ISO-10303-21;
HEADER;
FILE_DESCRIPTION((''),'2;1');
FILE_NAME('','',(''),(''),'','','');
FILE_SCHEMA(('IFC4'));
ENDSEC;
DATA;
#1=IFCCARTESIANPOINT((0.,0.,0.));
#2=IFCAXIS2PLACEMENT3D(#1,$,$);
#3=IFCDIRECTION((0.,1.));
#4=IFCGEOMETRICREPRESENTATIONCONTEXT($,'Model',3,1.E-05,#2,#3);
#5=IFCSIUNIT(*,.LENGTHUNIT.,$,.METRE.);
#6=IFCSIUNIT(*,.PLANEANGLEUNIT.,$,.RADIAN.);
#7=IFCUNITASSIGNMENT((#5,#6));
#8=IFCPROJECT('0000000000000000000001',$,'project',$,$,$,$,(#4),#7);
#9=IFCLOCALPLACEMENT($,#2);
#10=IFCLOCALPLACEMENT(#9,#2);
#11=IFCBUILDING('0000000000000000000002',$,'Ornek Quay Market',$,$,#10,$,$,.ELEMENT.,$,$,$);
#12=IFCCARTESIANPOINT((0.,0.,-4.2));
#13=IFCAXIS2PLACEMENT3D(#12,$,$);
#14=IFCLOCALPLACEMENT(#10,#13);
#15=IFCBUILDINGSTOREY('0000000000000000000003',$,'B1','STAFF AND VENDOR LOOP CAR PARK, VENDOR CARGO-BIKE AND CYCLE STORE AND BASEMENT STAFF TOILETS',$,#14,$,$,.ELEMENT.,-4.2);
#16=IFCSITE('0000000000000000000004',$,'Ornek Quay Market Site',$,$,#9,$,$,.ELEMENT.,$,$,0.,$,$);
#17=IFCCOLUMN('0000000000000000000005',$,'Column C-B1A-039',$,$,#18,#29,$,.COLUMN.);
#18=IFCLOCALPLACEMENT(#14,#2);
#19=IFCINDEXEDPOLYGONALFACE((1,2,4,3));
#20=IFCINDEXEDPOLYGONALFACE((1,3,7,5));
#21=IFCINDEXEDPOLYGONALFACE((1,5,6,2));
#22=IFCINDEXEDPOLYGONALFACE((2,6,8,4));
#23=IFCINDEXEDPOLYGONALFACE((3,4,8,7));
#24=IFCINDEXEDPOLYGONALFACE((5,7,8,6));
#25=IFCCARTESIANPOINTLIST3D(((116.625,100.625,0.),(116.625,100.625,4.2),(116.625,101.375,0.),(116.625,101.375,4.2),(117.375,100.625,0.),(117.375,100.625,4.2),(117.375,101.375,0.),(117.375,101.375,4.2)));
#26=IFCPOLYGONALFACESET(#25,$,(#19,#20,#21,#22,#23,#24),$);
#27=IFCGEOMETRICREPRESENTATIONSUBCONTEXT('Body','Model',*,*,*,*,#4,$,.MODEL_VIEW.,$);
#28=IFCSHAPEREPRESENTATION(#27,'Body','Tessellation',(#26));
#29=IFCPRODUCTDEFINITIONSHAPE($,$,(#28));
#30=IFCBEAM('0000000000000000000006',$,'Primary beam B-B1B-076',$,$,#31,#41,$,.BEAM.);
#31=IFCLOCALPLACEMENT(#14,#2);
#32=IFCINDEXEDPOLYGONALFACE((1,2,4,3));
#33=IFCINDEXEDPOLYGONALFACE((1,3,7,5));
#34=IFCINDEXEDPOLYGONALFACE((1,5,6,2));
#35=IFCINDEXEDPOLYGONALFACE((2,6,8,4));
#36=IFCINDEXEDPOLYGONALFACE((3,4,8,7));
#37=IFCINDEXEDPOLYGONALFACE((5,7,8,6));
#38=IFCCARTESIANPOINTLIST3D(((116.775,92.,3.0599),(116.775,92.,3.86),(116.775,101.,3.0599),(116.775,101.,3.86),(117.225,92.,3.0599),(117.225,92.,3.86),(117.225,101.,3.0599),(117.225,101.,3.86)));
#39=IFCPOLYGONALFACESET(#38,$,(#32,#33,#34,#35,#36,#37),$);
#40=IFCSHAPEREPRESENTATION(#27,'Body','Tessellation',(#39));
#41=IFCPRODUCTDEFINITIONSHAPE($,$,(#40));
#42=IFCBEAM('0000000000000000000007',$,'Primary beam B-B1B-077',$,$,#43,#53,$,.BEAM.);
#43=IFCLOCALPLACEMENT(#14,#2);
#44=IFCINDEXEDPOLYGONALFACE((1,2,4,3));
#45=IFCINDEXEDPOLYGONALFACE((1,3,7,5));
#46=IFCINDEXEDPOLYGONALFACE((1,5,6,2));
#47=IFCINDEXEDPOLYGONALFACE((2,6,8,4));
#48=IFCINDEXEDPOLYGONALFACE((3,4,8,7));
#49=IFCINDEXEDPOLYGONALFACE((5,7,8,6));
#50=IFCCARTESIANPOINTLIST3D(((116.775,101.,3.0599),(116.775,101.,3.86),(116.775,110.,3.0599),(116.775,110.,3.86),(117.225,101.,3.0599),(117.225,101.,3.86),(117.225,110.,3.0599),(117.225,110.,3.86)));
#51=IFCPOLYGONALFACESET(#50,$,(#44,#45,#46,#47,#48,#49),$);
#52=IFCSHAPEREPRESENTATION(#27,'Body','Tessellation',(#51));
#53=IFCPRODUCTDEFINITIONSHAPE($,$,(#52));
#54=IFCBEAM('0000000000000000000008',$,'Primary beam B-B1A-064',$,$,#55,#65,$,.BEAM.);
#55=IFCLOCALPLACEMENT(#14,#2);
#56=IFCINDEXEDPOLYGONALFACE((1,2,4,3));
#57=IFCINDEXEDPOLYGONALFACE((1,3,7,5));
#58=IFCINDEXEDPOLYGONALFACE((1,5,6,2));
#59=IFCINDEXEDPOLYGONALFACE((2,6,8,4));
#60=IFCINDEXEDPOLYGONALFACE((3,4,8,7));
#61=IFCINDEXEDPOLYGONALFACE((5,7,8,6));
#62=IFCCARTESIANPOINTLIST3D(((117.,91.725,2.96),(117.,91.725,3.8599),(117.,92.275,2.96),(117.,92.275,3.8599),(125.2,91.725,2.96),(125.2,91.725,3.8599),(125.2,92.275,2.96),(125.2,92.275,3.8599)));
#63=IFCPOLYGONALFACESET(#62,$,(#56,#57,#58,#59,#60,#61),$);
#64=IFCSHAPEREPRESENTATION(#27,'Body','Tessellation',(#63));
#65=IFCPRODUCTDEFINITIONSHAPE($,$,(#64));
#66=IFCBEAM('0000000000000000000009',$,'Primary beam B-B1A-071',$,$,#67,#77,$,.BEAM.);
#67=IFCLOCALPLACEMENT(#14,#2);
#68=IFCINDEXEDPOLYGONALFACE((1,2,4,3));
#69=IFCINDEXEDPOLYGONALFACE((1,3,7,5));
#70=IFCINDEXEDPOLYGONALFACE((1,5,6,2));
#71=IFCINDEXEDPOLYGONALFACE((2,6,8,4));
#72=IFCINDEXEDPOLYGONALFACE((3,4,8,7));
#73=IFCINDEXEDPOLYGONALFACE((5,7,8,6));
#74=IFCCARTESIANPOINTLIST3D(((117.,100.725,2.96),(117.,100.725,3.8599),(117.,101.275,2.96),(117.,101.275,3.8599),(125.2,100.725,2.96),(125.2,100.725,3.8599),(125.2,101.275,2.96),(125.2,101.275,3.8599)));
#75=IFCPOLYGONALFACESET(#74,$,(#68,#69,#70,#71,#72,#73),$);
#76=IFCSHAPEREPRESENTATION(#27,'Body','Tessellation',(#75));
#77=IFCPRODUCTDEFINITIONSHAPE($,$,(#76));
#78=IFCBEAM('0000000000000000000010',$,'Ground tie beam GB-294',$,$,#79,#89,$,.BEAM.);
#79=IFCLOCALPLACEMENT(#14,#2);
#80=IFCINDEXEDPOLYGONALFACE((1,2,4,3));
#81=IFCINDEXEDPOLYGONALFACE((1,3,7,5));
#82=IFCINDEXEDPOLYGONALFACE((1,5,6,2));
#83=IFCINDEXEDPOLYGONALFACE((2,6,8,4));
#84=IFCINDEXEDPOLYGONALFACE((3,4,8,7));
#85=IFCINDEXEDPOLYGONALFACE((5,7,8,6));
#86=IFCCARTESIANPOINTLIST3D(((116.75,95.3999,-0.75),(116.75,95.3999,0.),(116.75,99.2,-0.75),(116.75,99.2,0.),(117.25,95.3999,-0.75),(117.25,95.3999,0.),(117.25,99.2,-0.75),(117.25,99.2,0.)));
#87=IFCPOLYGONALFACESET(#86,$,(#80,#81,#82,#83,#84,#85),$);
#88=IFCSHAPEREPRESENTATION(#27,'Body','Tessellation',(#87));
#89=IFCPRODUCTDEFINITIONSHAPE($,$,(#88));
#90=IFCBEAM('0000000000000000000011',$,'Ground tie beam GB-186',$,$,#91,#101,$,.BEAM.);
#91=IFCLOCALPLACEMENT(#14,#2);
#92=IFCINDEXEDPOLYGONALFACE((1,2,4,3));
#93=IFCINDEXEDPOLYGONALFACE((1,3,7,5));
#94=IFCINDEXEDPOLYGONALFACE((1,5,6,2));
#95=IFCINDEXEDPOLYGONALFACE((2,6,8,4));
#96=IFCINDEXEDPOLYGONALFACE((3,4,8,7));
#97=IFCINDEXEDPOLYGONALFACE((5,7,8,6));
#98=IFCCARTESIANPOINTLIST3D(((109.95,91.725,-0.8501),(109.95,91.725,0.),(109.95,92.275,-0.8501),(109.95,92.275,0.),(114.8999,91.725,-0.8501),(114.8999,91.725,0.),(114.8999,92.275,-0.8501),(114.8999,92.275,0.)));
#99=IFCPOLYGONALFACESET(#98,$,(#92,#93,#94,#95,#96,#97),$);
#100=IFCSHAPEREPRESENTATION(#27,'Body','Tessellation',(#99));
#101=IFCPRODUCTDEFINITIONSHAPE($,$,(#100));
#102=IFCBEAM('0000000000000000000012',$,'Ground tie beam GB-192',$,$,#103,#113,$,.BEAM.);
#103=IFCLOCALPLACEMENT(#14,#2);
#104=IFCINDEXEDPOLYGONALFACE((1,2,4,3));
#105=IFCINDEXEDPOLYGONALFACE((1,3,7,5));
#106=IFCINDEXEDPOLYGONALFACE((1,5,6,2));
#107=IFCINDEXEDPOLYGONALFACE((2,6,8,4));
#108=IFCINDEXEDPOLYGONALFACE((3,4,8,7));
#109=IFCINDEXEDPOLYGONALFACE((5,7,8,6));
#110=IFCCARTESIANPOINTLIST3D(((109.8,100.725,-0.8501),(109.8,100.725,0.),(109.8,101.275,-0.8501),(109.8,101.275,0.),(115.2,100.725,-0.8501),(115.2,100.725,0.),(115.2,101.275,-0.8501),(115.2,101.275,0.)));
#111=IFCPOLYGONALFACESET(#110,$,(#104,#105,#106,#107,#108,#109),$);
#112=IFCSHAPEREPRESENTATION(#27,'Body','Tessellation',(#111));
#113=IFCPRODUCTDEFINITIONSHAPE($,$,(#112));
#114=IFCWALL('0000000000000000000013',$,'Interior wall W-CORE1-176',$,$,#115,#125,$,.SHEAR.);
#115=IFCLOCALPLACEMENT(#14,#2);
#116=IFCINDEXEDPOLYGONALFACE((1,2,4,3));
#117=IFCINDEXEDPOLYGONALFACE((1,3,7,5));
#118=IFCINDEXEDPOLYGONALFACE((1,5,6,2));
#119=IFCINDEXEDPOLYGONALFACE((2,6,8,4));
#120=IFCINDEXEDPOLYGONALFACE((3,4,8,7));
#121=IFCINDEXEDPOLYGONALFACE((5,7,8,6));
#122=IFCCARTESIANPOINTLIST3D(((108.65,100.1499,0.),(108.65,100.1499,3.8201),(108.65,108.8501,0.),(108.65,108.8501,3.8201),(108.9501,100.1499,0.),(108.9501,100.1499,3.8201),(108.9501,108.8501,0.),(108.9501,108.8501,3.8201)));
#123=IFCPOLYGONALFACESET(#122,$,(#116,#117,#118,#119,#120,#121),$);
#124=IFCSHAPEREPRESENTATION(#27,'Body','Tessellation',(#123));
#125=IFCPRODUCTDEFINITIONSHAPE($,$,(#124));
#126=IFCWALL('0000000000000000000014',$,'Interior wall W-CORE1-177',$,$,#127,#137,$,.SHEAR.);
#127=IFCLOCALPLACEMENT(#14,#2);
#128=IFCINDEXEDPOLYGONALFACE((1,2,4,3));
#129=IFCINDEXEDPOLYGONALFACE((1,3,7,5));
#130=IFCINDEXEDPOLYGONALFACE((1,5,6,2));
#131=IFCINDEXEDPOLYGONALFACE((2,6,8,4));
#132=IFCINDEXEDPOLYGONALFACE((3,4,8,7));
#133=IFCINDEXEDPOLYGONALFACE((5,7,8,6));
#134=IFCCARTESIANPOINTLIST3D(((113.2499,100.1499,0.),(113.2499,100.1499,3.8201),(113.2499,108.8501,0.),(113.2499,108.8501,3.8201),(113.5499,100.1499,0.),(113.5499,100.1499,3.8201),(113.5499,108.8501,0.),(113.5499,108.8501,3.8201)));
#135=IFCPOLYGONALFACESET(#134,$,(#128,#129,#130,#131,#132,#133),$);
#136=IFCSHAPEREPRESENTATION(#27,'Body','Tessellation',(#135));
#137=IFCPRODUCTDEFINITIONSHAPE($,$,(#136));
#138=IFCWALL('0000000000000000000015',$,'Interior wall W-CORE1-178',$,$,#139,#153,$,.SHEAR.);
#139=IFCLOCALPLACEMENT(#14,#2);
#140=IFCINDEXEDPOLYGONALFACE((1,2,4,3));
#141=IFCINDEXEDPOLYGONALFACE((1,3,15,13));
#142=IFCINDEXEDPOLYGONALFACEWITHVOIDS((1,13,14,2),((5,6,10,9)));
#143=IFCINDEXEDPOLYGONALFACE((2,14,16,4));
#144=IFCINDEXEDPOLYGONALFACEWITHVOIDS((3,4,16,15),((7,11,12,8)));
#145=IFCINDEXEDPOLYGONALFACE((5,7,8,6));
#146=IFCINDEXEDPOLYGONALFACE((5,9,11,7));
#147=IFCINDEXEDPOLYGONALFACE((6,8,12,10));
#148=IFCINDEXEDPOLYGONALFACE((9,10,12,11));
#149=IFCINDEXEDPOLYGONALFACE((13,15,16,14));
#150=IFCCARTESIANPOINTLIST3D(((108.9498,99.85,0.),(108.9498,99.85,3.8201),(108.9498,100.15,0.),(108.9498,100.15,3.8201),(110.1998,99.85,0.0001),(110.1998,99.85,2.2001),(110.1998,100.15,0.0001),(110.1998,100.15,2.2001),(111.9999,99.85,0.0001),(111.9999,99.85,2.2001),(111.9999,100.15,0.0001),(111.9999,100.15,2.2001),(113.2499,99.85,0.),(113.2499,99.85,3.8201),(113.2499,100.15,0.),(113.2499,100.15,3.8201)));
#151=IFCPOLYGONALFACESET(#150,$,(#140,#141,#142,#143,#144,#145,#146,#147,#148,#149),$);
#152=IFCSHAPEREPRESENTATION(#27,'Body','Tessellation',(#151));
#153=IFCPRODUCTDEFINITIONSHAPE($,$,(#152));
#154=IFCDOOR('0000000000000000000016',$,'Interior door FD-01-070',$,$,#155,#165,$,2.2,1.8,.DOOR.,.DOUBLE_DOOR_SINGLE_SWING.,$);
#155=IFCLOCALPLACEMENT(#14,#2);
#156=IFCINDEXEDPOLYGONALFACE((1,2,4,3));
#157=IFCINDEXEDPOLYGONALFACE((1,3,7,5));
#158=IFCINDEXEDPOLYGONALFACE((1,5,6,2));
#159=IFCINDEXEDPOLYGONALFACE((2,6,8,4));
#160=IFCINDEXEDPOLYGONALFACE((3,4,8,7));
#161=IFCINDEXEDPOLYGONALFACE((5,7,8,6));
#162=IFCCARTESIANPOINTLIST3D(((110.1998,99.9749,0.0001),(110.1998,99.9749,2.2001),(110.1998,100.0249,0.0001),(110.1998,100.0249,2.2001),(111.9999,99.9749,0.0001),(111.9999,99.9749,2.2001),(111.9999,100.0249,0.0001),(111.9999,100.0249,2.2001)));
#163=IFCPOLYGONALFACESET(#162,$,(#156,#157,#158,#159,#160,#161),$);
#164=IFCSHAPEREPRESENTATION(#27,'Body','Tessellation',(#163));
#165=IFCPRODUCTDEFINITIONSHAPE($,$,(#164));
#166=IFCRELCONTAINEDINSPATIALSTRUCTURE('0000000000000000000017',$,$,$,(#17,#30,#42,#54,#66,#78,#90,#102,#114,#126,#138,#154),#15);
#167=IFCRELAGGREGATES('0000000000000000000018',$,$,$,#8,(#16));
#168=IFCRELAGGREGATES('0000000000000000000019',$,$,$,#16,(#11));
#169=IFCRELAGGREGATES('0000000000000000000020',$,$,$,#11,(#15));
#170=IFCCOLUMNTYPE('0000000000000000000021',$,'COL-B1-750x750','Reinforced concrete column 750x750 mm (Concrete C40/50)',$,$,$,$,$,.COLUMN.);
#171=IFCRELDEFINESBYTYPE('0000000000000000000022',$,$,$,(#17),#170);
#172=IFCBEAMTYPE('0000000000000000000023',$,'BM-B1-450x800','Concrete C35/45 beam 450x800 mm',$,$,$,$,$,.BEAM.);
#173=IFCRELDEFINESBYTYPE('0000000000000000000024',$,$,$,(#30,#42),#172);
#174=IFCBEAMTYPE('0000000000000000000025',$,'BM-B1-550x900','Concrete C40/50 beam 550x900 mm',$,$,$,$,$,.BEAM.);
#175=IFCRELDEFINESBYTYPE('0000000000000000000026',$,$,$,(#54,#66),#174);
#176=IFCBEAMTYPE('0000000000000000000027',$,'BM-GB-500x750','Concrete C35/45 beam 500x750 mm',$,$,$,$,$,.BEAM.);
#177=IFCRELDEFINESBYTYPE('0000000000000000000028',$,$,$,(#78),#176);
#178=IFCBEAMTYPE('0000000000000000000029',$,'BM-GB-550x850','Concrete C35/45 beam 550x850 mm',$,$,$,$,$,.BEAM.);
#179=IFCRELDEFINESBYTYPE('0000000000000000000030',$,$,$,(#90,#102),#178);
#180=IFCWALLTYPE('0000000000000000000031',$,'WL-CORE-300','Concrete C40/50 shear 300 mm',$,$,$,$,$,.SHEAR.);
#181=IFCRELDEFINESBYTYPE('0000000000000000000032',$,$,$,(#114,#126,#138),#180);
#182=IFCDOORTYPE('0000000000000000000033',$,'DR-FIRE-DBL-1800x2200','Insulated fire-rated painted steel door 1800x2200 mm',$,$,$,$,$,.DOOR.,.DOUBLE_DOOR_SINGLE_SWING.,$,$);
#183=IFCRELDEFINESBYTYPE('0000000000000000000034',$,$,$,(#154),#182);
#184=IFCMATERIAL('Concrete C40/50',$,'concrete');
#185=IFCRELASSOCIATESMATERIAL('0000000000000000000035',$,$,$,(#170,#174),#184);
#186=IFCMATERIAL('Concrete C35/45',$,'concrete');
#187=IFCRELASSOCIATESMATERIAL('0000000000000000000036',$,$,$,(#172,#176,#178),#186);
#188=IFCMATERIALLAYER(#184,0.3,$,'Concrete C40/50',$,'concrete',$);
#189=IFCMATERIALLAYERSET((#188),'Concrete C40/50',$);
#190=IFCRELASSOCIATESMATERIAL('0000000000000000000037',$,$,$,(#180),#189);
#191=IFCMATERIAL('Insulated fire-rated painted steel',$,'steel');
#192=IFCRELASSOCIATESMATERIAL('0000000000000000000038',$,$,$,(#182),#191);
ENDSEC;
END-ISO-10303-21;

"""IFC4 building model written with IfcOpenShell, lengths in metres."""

from ifc_helpers import new_model, si_unit, direction, frame, frame_2d, origin, origin_2d, place, context, subcontext, project, spatial, rectangle, extrude, material, layer, layer_set, material_profile, profile_set, type_object, element, fill, save


model = new_model("IFC4")

# Units and contexts
model_context = context("Model", 3, precision=1e-05, world=origin(), true_north=direction((0.0, 1.0)))
body_context = subcontext(model_context, "Body", "Model", "MODEL_VIEW")
ifc_project = project(units=[si_unit("LENGTHUNIT", "METRE"), si_unit("PLANEANGLEUNIT", "RADIAN")], contexts=[model_context])

# Site, building, storey
site_placement = place(None, origin())
site = spatial("IfcSite", under=ifc_project, at=site_placement, Name="Ornek Quay Market Site", CompositionType="ELEMENT", RefElevation=0.0)
building_placement = place(site_placement, origin())
building = spatial("IfcBuilding", under=site, at=building_placement, Name="Ornek Quay Market", CompositionType="ELEMENT")
storey_placement = place(building_placement, frame((0.0, 0.0, -4.2)))
storey = spatial("IfcBuildingStorey", under=building, at=storey_placement, Name="B1", Description="STAFF AND VENDOR LOOP CAR PARK, VENDOR CARGO-BIKE AND CYCLE STORE AND BASEMENT STAFF TOILETS", CompositionType="ELEMENT", Elevation=-4.2)

# Shared definitions
ifc_material_1 = material(Name="Concrete C35/45", Category="concrete")

# Column
ifc_material_2 = material(Name="Concrete C40/50", Category="concrete")
ifc_material_profile_1 = material_profile(ifc_material_2, rectangle(XDim=0.75, YDim=0.75, at=origin_2d()), Name="RC 750x750", Category="concrete")
ifc_profile_set_1 = profile_set([ifc_material_profile_1], Name="Concrete C40/50")
column_type_1 = type_object("IfcColumnType", Name="COL-B1-750x750", Description="Reinforced concrete column 750x750 mm (Concrete C40/50)", PredefinedType="COLUMN", material=ifc_profile_set_1)
column_1_placement = place(storey_placement, frame((117.0, 101.0, 0.0), z_axis=(0.0, 0.0, 1.0), x_axis=(1.0, 0.0, 0.0)))
element("IfcColumn", 1, at=column_1_placement, inside=storey, type_object=column_type_1, Name="Column C-B1A-039", PredefinedType="COLUMN", context=body_context, shape_type="SweptSolid", body=[
    extrude(rectangle(XDim=0.75, YDim=0.75, at=origin_2d()), origin(), (0.0, 0.0, 1.0), 4.2),
])

# Beams
ifc_material_profile_2 = material_profile(ifc_material_1, rectangle(XDim=0.45, YDim=0.8, at=origin_2d()), Name="RC 450x800", Category="concrete")
ifc_profile_set_2 = profile_set([ifc_material_profile_2], Name="Concrete C35/45")
beam_type_1 = type_object("IfcBeamType", Name="BM-B1-450x800", Description="Concrete C35/45 beam 450x800 mm", PredefinedType="BEAM", material=ifc_profile_set_2)
for number, where, z_axis, x_axis, name in (
    (2, (117.0, 92.0, 3.46), (0.0, 1.0, 0.0), (-1.0, 0.0, 0.0), "Primary beam B-B1B-076"),
    (3, (117.0, 101.0, 3.46), (0.0, 1.0, 0.0), (-1.0, 0.0, 0.0), "Primary beam B-B1B-077"),
):
    element("IfcBeam", number, at=place(storey_placement, frame(where, z_axis=z_axis, x_axis=x_axis)), inside=storey, type_object=beam_type_1, Name=name, PredefinedType="BEAM", context=body_context, shape_type="SweptSolid", body=[
        extrude(rectangle(XDim=0.45, YDim=0.8, at=origin_2d()), origin(), (0.0, 0.0, 1.0), 9.0),
    ])
ifc_material_profile_3 = material_profile(ifc_material_2, rectangle(XDim=0.55, YDim=0.8999, at=origin_2d()), Name="RC 550x900", Category="concrete")
ifc_profile_set_3 = profile_set([ifc_material_profile_3], Name="Concrete C40/50")
beam_type_2 = type_object("IfcBeamType", Name="BM-B1-550x900", Description="Concrete C40/50 beam 550x900 mm", PredefinedType="BEAM", material=ifc_profile_set_3)
for number, where, z_axis, x_axis, name in (
    (4, (117.0, 92.0, 3.4099), (1.0, 0.0, 0.0), (0.0, 1.0, 0.0), "Primary beam B-B1A-064"),
    (5, (117.0, 101.0, 3.4099), (1.0, 0.0, 0.0), (0.0, 1.0, 0.0), "Primary beam B-B1A-071"),
):
    element("IfcBeam", number, at=place(storey_placement, frame(where, z_axis=z_axis, x_axis=x_axis)), inside=storey, type_object=beam_type_2, Name=name, PredefinedType="BEAM", context=body_context, shape_type="SweptSolid", body=[
        extrude(rectangle(XDim=0.55, YDim=0.8999, at=origin_2d()), origin(), (0.0, 0.0, 1.0), 8.2),
    ])
ifc_material_profile_4 = material_profile(ifc_material_1, rectangle(XDim=0.5, YDim=0.75, at=origin_2d()), Name="RC 500x750", Category="concrete")
ifc_profile_set_4 = profile_set([ifc_material_profile_4], Name="Concrete C35/45")
beam_type_3 = type_object("IfcBeamType", Name="BM-GB-500x750", Description="Concrete C35/45 beam 500x750 mm", PredefinedType="BEAM", material=ifc_profile_set_4)
beam_1_placement = place(storey_placement, frame((117.0, 95.3999, -0.375), z_axis=(0.0, 1.0, 0.0), x_axis=(-1.0, 0.0, 0.0)))
element("IfcBeam", 6, at=beam_1_placement, inside=storey, type_object=beam_type_3, Name="Ground tie beam GB-294", PredefinedType="BEAM", context=body_context, shape_type="SweptSolid", body=[
    extrude(rectangle(XDim=0.5, YDim=0.75, at=origin_2d()), origin(), (0.0, 0.0, 1.0), 3.8),
])
ifc_material_profile_5 = material_profile(ifc_material_1, rectangle(XDim=0.55, YDim=0.8501, at=origin_2d()), Name="RC 550x850", Category="concrete")
ifc_profile_set_5 = profile_set([ifc_material_profile_5], Name="Concrete C35/45")
beam_type_4 = type_object("IfcBeamType", Name="BM-GB-550x850", Description="Concrete C35/45 beam 550x850 mm", PredefinedType="BEAM", material=ifc_profile_set_5)
beam_2_placement = place(storey_placement, frame((109.95, 92.0, -0.425), z_axis=(1.0, 0.0, 0.0), x_axis=(0.0, 1.0, 0.0)))
element("IfcBeam", 7, at=beam_2_placement, inside=storey, type_object=beam_type_4, Name="Ground tie beam GB-186", PredefinedType="BEAM", context=body_context, shape_type="SweptSolid", body=[
    extrude(rectangle(XDim=0.55, YDim=0.8501, at=origin_2d()), origin(), (0.0, 0.0, 1.0), 4.95),
])
beam_3_placement = place(storey_placement, frame((109.8, 101.0, -0.425), z_axis=(1.0, 0.0, 0.0), x_axis=(0.0, 1.0, 0.0)))
element("IfcBeam", 8, at=beam_3_placement, inside=storey, type_object=beam_type_4, Name="Ground tie beam GB-192", PredefinedType="BEAM", context=body_context, shape_type="SweptSolid", body=[
    extrude(rectangle(XDim=0.55, YDim=0.8501, at=origin_2d()), origin(), (0.0, 0.0, 1.0), 5.3999),
])

# Walls
ifc_layer_1 = layer(ifc_material_2, 0.3, Name="Concrete C40/50", Category="concrete")
ifc_layer_set_1 = layer_set([ifc_layer_1], Name="Concrete C40/50")
wall_type_1 = type_object("IfcWallType", Name="WL-CORE-300", Description="Concrete C40/50 shear 300 mm", PredefinedType="SHEAR", material=ifc_layer_set_1)
for number, where, z_axis, x_axis, name in (
    (9, (108.8, 100.1499, 0.0), (0.0, 0.0, 1.0), (0.0, 1.0, 0.0), "Interior wall W-CORE1-176"),
    (10, (113.3999, 100.1499, 0.0), (0.0, 0.0, 1.0), (0.0, 1.0, 0.0), "Interior wall W-CORE1-177"),
):
    element("IfcWall", number, at=place(storey_placement, frame(where, z_axis=z_axis, x_axis=x_axis)), inside=storey, type_object=wall_type_1, Name=name, PredefinedType="SHEAR", context=body_context, shape_type="SweptSolid", body=[
        extrude(rectangle(XDim=8.7002, YDim=0.3, at=frame_2d((4.3501, 0.0))), origin(), (0.0, 0.0, 1.0), 3.8201),
    ])

# Wall, opening, door
wall_1_placement = place(storey_placement, frame((108.95, 100.0, 0.0), z_axis=(0.0, 0.0, 1.0), x_axis=(1.0, 0.0, 0.0)))
wall_1 = element("IfcWall", 11, at=wall_1_placement, inside=storey, type_object=wall_type_1, Name="Interior wall W-CORE1-178", PredefinedType="SHEAR", context=body_context, shape_type="SweptSolid", body=[
    extrude(rectangle(XDim=4.3, YDim=0.3, at=frame_2d((2.1499, 0.0))), origin(), (0.0, 0.0, 1.0), 3.8201),
])
opening_1_placement = place(wall_1_placement, frame((1.25, 0.0, 0.0)))
opening_1 = element("IfcOpeningElement", 12, at=opening_1_placement, cuts=wall_1, PredefinedType="OPENING", context=body_context, shape_type="SweptSolid", body=[
    extrude(rectangle(XDim=1.8, YDim=2.2, at=frame_2d((0.8999, 1.1001))), frame((0.0, 0.1599, 0.0), z_axis=(0.0, -1.0, 0.0), x_axis=(1.0, 0.0, 0.0)), (0.0, 0.0, 1.0), 0.3201),
])
ifc_material_3 = material(Name="Insulated fire-rated painted steel", Category="steel")
door_type_1 = type_object("IfcDoorType", Name="DR-FIRE-DBL-1800x2200", Description="Insulated fire-rated painted steel door 1800x2200 mm", OperationType="DOUBLE_DOOR_SINGLE_SWING", PredefinedType="DOOR", material=ifc_material_3)
door_1_placement = place(opening_1_placement, origin())
door_1 = element("IfcDoor", 13, at=door_1_placement, inside=storey, type_object=door_type_1, Name="Interior door FD-01-070", OperationType="DOUBLE_DOOR_SINGLE_SWING", OverallHeight=2.2, OverallWidth=1.8, PredefinedType="DOOR", context=body_context, shape_type="SweptSolid", body=[
    extrude(rectangle(XDim=1.8, YDim=2.2, at=frame_2d((0.8999, 1.1001))), frame((0.0, 0.0249, 0.0), z_axis=(0.0, -1.0, 0.0), x_axis=(1.0, 0.0, 0.0)), (0.0, 0.0, 1.0), 0.05),
])
fill(opening_1, door_1)

save(model, "model.ifc")
